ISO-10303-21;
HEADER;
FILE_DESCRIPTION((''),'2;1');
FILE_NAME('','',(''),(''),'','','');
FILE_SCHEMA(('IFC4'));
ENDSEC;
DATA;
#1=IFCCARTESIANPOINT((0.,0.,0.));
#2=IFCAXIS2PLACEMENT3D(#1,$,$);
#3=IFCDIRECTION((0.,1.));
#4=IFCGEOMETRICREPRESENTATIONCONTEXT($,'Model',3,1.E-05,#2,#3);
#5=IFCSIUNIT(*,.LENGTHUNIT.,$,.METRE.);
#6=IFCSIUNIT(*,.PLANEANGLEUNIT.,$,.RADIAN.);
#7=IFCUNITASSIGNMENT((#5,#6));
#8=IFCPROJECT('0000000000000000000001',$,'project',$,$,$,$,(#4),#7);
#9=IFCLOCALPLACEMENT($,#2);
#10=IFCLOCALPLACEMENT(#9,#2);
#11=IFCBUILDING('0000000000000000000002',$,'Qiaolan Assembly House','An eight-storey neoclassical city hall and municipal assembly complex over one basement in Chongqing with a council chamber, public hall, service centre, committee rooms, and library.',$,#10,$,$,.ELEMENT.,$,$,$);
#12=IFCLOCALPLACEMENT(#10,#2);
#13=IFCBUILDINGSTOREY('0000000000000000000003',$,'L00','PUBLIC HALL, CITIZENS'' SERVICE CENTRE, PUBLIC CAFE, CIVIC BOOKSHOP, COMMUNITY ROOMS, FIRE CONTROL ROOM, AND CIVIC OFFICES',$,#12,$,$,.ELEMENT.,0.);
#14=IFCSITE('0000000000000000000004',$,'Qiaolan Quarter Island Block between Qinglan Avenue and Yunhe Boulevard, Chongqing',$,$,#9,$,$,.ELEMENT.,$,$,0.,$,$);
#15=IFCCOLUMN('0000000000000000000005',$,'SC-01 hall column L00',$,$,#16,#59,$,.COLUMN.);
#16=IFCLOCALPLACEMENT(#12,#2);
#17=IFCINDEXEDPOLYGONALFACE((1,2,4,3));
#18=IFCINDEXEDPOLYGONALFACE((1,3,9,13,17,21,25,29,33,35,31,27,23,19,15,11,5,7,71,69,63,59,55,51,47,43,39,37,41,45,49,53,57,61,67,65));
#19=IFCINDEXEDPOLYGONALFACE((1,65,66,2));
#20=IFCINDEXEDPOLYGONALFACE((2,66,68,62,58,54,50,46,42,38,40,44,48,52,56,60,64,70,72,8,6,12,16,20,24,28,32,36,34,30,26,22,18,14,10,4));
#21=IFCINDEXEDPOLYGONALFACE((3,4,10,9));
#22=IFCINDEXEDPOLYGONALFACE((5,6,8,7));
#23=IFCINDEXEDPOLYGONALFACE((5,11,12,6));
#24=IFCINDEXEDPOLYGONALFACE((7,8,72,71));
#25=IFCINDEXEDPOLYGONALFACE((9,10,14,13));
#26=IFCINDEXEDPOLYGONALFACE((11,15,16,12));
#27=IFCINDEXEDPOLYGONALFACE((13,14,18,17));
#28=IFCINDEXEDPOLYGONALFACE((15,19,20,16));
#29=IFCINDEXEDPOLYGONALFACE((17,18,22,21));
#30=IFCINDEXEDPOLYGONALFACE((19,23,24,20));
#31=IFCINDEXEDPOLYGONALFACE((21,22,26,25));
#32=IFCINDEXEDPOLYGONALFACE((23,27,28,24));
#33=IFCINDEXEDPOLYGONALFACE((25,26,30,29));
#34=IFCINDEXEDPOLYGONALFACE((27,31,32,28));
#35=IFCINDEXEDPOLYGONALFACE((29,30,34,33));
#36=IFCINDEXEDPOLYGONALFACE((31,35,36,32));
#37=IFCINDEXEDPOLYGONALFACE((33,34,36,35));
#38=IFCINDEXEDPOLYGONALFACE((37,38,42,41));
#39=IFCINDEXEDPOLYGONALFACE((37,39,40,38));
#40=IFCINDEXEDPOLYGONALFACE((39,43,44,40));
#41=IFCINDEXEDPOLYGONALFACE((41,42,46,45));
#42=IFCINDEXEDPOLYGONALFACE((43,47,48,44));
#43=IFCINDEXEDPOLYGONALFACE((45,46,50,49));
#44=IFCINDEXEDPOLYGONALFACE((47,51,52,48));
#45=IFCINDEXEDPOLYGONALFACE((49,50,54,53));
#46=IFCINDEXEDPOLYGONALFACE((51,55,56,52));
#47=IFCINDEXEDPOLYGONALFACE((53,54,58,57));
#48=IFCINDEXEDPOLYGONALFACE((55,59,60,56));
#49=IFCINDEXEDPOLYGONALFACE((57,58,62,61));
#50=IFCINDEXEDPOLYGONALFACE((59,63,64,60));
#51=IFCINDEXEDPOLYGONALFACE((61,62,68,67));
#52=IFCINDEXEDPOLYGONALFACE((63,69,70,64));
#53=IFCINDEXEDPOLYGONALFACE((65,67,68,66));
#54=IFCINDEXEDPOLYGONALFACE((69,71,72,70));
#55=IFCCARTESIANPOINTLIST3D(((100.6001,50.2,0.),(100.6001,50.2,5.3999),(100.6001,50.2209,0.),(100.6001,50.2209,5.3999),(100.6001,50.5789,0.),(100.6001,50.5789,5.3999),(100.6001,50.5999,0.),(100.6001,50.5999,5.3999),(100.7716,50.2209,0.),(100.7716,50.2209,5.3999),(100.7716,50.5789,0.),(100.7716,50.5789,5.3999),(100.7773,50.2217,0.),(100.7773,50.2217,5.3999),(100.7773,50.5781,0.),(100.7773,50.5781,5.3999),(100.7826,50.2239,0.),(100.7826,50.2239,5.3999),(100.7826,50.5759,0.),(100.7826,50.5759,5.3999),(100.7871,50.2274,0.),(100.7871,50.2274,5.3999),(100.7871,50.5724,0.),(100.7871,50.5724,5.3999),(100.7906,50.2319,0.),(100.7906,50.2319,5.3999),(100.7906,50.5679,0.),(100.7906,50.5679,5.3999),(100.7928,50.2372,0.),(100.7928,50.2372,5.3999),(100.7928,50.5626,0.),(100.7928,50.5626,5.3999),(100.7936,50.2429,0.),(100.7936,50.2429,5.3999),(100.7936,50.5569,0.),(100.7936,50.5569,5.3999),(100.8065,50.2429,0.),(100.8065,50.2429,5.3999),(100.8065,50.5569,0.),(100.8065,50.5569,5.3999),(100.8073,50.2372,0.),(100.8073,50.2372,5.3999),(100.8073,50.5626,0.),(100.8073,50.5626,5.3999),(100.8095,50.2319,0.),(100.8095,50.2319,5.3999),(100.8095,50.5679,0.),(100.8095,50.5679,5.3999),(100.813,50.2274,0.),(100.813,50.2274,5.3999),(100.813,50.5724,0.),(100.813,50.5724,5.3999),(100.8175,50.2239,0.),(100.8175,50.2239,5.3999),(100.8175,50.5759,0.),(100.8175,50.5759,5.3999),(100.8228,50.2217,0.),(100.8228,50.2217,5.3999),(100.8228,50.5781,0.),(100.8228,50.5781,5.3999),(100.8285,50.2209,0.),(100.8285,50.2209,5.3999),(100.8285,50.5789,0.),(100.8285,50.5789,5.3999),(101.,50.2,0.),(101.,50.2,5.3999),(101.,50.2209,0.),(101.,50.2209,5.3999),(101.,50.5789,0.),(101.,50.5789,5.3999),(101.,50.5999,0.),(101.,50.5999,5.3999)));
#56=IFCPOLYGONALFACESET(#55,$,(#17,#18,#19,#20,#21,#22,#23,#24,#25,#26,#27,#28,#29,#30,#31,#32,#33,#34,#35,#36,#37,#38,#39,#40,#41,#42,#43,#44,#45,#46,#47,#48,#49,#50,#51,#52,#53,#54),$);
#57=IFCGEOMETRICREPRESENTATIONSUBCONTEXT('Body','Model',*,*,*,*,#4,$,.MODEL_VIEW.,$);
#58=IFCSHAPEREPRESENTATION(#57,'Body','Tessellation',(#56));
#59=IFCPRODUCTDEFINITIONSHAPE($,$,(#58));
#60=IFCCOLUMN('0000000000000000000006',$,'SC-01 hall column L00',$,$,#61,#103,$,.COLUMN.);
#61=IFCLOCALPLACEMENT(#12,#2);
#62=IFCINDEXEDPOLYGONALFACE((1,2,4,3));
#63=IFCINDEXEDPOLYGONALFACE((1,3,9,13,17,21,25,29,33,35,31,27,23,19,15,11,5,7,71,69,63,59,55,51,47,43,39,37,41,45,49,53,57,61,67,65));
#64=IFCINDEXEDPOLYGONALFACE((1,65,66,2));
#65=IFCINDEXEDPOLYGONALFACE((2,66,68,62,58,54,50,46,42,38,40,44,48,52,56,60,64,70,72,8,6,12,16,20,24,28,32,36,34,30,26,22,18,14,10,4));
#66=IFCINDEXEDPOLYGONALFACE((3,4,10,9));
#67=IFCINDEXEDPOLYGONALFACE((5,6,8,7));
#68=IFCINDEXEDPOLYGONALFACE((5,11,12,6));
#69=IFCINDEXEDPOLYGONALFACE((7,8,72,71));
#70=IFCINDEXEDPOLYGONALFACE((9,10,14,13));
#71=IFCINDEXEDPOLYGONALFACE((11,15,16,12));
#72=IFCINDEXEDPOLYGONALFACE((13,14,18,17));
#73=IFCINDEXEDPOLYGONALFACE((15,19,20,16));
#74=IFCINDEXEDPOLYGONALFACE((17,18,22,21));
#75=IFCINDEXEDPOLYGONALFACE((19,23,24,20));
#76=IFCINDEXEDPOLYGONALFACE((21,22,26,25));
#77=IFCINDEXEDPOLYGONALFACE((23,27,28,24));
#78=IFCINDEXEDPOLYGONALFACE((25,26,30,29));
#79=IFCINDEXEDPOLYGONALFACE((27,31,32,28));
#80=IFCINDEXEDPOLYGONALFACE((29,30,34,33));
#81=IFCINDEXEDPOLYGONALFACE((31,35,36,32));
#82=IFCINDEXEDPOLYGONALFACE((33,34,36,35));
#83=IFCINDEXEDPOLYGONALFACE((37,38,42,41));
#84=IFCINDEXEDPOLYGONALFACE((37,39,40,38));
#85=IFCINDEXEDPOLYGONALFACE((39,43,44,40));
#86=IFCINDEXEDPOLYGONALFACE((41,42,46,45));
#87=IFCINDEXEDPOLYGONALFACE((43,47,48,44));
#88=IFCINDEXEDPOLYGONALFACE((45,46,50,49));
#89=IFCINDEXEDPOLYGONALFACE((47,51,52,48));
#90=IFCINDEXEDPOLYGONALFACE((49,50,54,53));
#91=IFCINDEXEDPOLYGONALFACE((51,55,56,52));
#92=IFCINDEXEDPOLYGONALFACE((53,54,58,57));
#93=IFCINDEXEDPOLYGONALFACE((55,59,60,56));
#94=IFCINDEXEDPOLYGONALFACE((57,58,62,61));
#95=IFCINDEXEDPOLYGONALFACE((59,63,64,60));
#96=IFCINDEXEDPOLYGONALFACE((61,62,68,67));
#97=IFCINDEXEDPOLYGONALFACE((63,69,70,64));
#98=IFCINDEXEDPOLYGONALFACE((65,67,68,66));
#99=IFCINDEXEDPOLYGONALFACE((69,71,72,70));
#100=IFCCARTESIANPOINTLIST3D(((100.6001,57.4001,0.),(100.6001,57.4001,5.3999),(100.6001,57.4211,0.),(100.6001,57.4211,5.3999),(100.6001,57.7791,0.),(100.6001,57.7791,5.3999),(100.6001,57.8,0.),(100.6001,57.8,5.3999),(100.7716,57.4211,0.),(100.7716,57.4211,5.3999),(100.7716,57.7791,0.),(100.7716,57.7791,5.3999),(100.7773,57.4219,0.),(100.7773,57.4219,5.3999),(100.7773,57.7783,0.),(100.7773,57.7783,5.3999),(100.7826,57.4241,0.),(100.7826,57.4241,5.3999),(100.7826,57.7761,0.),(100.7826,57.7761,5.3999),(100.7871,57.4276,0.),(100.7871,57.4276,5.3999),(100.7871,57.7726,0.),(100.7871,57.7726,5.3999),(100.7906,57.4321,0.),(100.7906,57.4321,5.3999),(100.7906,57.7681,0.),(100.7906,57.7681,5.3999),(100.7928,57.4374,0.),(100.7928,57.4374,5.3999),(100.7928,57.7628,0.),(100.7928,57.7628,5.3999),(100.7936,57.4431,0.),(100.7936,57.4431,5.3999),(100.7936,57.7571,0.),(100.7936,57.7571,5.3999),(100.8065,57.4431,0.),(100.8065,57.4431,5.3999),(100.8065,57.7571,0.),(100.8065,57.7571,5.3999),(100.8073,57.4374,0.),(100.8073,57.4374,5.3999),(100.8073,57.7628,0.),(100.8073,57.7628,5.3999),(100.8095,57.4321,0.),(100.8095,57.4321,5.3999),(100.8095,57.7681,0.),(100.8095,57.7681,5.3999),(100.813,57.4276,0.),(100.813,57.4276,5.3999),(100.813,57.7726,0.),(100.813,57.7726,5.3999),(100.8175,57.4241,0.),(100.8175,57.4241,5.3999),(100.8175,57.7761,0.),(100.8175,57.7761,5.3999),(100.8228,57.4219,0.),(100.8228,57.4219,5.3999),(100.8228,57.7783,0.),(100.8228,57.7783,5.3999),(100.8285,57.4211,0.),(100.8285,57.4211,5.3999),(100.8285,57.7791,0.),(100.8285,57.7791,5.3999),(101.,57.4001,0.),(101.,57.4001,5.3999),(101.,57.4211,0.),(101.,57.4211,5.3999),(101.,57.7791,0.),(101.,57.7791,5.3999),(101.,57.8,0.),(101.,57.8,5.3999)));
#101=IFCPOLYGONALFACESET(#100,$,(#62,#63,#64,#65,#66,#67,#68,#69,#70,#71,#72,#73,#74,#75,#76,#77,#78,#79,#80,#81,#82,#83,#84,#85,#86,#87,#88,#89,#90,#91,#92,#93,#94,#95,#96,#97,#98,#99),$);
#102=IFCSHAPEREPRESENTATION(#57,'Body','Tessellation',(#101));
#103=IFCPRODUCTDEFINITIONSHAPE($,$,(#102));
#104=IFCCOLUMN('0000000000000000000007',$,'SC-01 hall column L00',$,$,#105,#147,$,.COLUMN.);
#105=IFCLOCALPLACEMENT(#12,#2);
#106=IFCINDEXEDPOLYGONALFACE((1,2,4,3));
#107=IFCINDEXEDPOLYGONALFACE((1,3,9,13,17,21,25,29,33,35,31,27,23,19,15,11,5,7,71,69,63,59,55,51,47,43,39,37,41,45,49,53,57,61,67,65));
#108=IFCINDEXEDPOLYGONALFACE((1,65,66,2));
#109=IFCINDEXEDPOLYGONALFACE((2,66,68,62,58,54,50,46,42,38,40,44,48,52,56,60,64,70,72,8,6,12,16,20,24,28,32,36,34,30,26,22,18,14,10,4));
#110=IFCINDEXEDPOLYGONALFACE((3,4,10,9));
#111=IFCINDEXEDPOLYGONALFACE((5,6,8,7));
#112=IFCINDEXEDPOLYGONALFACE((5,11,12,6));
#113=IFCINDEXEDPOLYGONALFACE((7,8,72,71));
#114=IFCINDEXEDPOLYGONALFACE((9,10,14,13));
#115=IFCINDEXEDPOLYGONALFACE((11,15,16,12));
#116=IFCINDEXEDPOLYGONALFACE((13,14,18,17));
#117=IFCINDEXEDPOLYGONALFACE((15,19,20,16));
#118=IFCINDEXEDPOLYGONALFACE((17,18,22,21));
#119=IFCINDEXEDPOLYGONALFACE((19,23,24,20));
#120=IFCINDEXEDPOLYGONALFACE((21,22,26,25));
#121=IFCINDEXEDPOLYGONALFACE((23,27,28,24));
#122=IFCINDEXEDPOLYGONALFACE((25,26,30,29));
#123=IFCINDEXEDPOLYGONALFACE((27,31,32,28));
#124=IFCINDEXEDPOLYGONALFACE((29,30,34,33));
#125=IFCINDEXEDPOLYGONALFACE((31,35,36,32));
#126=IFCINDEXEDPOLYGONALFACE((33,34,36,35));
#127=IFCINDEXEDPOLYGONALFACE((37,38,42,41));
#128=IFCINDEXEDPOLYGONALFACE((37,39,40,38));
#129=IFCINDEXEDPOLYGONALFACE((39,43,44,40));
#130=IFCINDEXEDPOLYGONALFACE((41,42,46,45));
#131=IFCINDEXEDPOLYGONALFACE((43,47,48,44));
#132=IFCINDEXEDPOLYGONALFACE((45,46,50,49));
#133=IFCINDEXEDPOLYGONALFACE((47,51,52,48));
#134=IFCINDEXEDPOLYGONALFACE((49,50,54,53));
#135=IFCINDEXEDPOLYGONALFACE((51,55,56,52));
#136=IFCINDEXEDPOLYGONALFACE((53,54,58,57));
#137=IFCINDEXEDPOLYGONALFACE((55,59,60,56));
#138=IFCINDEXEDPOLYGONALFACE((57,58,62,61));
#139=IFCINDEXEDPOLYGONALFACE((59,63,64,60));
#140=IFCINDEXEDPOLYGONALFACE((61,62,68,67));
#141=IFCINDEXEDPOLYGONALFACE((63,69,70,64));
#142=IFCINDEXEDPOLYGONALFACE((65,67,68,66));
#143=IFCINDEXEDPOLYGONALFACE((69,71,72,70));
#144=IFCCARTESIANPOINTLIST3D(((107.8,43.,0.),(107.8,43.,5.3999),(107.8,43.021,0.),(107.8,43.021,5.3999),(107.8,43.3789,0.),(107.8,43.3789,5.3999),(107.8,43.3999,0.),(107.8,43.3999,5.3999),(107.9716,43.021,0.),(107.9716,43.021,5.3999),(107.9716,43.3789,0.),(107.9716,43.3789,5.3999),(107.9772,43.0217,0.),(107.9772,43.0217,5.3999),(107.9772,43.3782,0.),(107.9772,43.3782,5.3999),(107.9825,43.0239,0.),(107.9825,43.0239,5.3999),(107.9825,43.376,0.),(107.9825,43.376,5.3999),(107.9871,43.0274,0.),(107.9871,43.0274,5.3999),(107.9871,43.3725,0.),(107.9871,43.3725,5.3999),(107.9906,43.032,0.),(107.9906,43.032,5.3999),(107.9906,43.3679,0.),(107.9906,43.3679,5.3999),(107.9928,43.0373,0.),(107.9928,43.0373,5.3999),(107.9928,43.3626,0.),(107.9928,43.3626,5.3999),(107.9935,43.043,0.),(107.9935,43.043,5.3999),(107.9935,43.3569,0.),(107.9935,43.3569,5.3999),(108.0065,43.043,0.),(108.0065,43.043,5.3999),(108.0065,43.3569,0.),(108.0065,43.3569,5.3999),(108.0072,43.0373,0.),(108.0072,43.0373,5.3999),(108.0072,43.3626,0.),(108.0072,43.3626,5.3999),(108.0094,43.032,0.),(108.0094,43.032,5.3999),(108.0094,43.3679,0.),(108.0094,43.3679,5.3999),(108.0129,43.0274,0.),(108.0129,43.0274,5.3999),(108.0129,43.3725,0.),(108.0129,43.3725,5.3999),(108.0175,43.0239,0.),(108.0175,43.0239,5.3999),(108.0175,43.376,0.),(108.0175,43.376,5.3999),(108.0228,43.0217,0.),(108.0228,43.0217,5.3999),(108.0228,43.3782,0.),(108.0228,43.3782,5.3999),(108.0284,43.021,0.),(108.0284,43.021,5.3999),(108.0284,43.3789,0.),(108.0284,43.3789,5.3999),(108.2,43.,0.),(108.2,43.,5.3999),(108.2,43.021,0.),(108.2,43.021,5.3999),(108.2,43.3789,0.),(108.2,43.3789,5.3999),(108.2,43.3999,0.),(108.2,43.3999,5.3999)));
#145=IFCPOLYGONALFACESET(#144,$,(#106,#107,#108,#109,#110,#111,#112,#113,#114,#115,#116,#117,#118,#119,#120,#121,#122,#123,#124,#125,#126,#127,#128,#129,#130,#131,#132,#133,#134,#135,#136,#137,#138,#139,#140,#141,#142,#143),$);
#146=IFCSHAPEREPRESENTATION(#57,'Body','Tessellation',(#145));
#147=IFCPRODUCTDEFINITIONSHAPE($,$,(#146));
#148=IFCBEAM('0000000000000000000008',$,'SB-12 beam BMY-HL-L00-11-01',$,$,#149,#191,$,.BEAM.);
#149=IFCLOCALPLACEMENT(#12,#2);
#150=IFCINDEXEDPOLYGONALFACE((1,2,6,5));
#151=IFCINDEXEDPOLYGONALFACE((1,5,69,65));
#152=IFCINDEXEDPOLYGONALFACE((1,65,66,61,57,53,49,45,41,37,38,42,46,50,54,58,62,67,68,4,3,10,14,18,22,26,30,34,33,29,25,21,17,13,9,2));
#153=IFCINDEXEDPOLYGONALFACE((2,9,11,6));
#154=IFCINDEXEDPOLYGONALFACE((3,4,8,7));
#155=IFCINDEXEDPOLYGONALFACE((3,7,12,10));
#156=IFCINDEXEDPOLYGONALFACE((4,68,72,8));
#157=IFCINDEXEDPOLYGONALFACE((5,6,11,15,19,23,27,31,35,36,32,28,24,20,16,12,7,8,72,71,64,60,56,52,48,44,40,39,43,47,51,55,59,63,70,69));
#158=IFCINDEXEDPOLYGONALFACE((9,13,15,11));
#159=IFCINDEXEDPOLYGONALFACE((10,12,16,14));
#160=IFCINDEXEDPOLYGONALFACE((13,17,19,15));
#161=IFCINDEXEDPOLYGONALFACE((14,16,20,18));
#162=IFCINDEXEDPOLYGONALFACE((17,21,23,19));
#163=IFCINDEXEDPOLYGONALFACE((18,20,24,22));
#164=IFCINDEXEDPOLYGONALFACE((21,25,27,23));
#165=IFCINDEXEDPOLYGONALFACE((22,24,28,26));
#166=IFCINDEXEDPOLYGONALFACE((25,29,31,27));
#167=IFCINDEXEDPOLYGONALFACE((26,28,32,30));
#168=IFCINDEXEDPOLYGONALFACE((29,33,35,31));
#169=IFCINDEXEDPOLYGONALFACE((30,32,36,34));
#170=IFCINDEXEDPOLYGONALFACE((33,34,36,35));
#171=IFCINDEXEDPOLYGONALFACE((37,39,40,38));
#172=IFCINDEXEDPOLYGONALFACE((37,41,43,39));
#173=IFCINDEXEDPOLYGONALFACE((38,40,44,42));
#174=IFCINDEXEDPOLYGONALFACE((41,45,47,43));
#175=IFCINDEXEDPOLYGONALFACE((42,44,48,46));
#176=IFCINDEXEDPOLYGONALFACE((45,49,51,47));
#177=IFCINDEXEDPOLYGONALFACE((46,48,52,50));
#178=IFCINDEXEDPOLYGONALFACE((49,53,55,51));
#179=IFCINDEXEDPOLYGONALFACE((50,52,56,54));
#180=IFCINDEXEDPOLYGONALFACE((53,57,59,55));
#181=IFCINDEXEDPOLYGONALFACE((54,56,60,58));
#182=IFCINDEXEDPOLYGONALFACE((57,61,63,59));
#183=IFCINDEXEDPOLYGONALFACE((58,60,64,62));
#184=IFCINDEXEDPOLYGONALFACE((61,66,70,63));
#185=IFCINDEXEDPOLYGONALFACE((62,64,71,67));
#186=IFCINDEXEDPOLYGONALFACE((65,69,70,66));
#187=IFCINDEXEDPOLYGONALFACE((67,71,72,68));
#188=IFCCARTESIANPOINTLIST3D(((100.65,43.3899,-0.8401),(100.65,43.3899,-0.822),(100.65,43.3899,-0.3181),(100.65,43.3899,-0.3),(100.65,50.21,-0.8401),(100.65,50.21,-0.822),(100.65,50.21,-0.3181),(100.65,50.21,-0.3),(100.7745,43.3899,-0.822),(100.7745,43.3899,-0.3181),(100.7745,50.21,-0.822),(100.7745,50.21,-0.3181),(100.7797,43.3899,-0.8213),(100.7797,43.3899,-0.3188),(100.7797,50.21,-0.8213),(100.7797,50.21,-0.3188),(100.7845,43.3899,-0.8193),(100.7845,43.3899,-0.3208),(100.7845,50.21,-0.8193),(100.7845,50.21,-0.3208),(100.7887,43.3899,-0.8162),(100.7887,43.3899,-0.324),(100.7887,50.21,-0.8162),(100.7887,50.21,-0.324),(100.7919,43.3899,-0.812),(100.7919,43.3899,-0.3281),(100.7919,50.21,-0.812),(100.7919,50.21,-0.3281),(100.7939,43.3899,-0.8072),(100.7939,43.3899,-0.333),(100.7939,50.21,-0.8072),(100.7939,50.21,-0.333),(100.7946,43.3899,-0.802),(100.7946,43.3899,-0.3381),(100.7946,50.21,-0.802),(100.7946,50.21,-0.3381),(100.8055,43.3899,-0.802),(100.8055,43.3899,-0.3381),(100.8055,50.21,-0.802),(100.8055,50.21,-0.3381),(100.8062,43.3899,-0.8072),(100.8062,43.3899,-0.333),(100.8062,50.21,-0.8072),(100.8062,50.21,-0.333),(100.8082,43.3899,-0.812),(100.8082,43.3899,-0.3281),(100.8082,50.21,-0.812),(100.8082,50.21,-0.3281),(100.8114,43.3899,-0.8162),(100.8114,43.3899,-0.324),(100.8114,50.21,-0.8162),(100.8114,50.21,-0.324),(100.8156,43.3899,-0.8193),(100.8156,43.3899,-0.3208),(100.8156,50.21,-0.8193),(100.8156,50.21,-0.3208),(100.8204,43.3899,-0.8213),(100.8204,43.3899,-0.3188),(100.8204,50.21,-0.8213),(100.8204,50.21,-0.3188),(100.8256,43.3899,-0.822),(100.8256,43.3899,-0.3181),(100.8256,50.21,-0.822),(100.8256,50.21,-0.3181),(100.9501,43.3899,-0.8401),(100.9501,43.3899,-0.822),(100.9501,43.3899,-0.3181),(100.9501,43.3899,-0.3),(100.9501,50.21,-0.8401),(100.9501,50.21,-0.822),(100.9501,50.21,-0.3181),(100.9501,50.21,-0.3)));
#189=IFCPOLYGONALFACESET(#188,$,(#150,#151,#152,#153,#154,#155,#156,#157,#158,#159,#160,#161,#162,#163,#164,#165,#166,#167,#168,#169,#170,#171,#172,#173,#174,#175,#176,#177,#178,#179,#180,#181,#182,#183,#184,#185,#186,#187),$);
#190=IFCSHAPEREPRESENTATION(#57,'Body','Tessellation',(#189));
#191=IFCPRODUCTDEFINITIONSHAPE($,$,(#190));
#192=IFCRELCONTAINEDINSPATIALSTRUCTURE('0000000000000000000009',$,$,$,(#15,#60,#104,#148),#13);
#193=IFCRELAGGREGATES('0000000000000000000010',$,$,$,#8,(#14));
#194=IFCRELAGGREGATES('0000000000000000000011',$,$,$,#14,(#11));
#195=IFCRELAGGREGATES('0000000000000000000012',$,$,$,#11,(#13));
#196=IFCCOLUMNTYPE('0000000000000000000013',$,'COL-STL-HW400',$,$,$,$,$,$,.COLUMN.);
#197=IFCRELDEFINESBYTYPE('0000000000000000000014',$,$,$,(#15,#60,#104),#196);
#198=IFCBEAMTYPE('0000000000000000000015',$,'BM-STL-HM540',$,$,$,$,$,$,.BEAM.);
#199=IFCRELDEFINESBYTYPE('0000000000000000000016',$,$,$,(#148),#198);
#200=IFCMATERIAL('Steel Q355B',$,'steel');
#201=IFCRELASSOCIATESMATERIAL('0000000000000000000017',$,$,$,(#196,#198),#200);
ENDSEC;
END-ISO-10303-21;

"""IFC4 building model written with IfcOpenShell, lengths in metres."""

from ifc_helpers import new_model, si_unit, direction, frame, origin, origin_2d, place, context, subcontext, project, spatial, i_section, extrude, material, material_profile, profile_set, type_object, element, save


model = new_model("IFC4")

# Units and contexts
model_context = context("Model", 3, precision=1e-05, world=origin(), true_north=direction((0.0, 1.0)))
body_context = subcontext(model_context, "Body", "Model", "MODEL_VIEW")
ifc_project = project(units=[si_unit("LENGTHUNIT", "METRE"), si_unit("PLANEANGLEUNIT", "RADIAN")], contexts=[model_context])

# Site, building, storey
site_placement = place(None, origin())
site = spatial("IfcSite", under=ifc_project, at=site_placement, Name="Qiaolan Quarter Island Block between Qinglan Avenue and Yunhe Boulevard, Chongqing", CompositionType="ELEMENT", RefElevation=0.0)
building_placement = place(site_placement, origin())
building = spatial("IfcBuilding", under=site, at=building_placement, Name="Qiaolan Assembly House", Description="An eight-storey neoclassical city hall and municipal assembly complex over one basement in Chongqing with a council chamber, public hall, service centre, committee rooms, and library.", CompositionType="ELEMENT")
storey_placement = place(building_placement, origin())
storey = spatial("IfcBuildingStorey", under=building, at=storey_placement, Name="L00", Description="PUBLIC HALL, CITIZENS' SERVICE CENTRE, PUBLIC CAFE, CIVIC BOOKSHOP, COMMUNITY ROOMS, FIRE CONTROL ROOM, AND CIVIC OFFICES", CompositionType="ELEMENT", Elevation=0.0)

# Columns
ifc_material_1 = material(Name="Steel Q355B", Category="steel")
ifc_material_profile_1 = material_profile(ifc_material_1, i_section(OverallWidth=0.3999, OverallDepth=0.3999, WebThickness=0.0129, FlangeThickness=0.021, FilletRadius=0.022, at=origin_2d()), Name="HW 400x400x13x21")
ifc_profile_set_1 = profile_set([ifc_material_profile_1], Name="Steel Q355B")
column_type = type_object("IfcColumnType", Name="COL-STL-HW400", PredefinedType="COLUMN", material=ifc_profile_set_1)
for number, where, z_axis, x_axis, name in (
    (1, (100.8, 50.3999, 0.0), (0.0, 0.0, 1.0), (1.0, 0.0, 0.0), "SC-01 hall column L00"),
    (2, (100.8, 57.6001, 0.0), (0.0, 0.0, 1.0), (1.0, 0.0, 0.0), "SC-01 hall column L00"),
    (3, (108.0, 43.2, 0.0), (0.0, 0.0, 1.0), (1.0, 0.0, 0.0), "SC-01 hall column L00"),
):
    element("IfcColumn", number, at=place(storey_placement, frame(where, z_axis=z_axis, x_axis=x_axis)), inside=storey, type_object=column_type, Name=name, PredefinedType="COLUMN", context=body_context, shape_type="SweptSolid", body=[
        extrude(i_section(OverallWidth=0.3999, OverallDepth=0.3999, WebThickness=0.0129, FlangeThickness=0.021, FilletRadius=0.022, at=origin_2d()), origin(), (0.0, 0.0, 1.0), 5.3999),
    ])

# Beam
ifc_material_profile_2 = material_profile(ifc_material_1, i_section(OverallWidth=0.3, OverallDepth=0.54, WebThickness=0.011, FlangeThickness=0.0181, FilletRadius=0.02, at=origin_2d()), Name="HM 540x300x11x18")
ifc_profile_set_2 = profile_set([ifc_material_profile_2], Name="Steel Q355B")
beam_type_1 = type_object("IfcBeamType", Name="BM-STL-HM540", PredefinedType="BEAM", material=ifc_profile_set_2)
beam_1_placement = place(storey_placement, frame((100.8, 43.3899, -0.5701), z_axis=(0.0, 1.0, 0.0), x_axis=(-1.0, 0.0, 0.0)))
element("IfcBeam", 4, at=beam_1_placement, inside=storey, type_object=beam_type_1, Name="SB-12 beam BMY-HL-L00-11-01", PredefinedType="BEAM", context=body_context, shape_type="SweptSolid", body=[
    extrude(i_section(OverallWidth=0.3, OverallDepth=0.54, WebThickness=0.011, FlangeThickness=0.0181, FilletRadius=0.02, at=origin_2d()), origin(), (0.0, 0.0, 1.0), 6.8201),
])

save(model, "model.ifc")
